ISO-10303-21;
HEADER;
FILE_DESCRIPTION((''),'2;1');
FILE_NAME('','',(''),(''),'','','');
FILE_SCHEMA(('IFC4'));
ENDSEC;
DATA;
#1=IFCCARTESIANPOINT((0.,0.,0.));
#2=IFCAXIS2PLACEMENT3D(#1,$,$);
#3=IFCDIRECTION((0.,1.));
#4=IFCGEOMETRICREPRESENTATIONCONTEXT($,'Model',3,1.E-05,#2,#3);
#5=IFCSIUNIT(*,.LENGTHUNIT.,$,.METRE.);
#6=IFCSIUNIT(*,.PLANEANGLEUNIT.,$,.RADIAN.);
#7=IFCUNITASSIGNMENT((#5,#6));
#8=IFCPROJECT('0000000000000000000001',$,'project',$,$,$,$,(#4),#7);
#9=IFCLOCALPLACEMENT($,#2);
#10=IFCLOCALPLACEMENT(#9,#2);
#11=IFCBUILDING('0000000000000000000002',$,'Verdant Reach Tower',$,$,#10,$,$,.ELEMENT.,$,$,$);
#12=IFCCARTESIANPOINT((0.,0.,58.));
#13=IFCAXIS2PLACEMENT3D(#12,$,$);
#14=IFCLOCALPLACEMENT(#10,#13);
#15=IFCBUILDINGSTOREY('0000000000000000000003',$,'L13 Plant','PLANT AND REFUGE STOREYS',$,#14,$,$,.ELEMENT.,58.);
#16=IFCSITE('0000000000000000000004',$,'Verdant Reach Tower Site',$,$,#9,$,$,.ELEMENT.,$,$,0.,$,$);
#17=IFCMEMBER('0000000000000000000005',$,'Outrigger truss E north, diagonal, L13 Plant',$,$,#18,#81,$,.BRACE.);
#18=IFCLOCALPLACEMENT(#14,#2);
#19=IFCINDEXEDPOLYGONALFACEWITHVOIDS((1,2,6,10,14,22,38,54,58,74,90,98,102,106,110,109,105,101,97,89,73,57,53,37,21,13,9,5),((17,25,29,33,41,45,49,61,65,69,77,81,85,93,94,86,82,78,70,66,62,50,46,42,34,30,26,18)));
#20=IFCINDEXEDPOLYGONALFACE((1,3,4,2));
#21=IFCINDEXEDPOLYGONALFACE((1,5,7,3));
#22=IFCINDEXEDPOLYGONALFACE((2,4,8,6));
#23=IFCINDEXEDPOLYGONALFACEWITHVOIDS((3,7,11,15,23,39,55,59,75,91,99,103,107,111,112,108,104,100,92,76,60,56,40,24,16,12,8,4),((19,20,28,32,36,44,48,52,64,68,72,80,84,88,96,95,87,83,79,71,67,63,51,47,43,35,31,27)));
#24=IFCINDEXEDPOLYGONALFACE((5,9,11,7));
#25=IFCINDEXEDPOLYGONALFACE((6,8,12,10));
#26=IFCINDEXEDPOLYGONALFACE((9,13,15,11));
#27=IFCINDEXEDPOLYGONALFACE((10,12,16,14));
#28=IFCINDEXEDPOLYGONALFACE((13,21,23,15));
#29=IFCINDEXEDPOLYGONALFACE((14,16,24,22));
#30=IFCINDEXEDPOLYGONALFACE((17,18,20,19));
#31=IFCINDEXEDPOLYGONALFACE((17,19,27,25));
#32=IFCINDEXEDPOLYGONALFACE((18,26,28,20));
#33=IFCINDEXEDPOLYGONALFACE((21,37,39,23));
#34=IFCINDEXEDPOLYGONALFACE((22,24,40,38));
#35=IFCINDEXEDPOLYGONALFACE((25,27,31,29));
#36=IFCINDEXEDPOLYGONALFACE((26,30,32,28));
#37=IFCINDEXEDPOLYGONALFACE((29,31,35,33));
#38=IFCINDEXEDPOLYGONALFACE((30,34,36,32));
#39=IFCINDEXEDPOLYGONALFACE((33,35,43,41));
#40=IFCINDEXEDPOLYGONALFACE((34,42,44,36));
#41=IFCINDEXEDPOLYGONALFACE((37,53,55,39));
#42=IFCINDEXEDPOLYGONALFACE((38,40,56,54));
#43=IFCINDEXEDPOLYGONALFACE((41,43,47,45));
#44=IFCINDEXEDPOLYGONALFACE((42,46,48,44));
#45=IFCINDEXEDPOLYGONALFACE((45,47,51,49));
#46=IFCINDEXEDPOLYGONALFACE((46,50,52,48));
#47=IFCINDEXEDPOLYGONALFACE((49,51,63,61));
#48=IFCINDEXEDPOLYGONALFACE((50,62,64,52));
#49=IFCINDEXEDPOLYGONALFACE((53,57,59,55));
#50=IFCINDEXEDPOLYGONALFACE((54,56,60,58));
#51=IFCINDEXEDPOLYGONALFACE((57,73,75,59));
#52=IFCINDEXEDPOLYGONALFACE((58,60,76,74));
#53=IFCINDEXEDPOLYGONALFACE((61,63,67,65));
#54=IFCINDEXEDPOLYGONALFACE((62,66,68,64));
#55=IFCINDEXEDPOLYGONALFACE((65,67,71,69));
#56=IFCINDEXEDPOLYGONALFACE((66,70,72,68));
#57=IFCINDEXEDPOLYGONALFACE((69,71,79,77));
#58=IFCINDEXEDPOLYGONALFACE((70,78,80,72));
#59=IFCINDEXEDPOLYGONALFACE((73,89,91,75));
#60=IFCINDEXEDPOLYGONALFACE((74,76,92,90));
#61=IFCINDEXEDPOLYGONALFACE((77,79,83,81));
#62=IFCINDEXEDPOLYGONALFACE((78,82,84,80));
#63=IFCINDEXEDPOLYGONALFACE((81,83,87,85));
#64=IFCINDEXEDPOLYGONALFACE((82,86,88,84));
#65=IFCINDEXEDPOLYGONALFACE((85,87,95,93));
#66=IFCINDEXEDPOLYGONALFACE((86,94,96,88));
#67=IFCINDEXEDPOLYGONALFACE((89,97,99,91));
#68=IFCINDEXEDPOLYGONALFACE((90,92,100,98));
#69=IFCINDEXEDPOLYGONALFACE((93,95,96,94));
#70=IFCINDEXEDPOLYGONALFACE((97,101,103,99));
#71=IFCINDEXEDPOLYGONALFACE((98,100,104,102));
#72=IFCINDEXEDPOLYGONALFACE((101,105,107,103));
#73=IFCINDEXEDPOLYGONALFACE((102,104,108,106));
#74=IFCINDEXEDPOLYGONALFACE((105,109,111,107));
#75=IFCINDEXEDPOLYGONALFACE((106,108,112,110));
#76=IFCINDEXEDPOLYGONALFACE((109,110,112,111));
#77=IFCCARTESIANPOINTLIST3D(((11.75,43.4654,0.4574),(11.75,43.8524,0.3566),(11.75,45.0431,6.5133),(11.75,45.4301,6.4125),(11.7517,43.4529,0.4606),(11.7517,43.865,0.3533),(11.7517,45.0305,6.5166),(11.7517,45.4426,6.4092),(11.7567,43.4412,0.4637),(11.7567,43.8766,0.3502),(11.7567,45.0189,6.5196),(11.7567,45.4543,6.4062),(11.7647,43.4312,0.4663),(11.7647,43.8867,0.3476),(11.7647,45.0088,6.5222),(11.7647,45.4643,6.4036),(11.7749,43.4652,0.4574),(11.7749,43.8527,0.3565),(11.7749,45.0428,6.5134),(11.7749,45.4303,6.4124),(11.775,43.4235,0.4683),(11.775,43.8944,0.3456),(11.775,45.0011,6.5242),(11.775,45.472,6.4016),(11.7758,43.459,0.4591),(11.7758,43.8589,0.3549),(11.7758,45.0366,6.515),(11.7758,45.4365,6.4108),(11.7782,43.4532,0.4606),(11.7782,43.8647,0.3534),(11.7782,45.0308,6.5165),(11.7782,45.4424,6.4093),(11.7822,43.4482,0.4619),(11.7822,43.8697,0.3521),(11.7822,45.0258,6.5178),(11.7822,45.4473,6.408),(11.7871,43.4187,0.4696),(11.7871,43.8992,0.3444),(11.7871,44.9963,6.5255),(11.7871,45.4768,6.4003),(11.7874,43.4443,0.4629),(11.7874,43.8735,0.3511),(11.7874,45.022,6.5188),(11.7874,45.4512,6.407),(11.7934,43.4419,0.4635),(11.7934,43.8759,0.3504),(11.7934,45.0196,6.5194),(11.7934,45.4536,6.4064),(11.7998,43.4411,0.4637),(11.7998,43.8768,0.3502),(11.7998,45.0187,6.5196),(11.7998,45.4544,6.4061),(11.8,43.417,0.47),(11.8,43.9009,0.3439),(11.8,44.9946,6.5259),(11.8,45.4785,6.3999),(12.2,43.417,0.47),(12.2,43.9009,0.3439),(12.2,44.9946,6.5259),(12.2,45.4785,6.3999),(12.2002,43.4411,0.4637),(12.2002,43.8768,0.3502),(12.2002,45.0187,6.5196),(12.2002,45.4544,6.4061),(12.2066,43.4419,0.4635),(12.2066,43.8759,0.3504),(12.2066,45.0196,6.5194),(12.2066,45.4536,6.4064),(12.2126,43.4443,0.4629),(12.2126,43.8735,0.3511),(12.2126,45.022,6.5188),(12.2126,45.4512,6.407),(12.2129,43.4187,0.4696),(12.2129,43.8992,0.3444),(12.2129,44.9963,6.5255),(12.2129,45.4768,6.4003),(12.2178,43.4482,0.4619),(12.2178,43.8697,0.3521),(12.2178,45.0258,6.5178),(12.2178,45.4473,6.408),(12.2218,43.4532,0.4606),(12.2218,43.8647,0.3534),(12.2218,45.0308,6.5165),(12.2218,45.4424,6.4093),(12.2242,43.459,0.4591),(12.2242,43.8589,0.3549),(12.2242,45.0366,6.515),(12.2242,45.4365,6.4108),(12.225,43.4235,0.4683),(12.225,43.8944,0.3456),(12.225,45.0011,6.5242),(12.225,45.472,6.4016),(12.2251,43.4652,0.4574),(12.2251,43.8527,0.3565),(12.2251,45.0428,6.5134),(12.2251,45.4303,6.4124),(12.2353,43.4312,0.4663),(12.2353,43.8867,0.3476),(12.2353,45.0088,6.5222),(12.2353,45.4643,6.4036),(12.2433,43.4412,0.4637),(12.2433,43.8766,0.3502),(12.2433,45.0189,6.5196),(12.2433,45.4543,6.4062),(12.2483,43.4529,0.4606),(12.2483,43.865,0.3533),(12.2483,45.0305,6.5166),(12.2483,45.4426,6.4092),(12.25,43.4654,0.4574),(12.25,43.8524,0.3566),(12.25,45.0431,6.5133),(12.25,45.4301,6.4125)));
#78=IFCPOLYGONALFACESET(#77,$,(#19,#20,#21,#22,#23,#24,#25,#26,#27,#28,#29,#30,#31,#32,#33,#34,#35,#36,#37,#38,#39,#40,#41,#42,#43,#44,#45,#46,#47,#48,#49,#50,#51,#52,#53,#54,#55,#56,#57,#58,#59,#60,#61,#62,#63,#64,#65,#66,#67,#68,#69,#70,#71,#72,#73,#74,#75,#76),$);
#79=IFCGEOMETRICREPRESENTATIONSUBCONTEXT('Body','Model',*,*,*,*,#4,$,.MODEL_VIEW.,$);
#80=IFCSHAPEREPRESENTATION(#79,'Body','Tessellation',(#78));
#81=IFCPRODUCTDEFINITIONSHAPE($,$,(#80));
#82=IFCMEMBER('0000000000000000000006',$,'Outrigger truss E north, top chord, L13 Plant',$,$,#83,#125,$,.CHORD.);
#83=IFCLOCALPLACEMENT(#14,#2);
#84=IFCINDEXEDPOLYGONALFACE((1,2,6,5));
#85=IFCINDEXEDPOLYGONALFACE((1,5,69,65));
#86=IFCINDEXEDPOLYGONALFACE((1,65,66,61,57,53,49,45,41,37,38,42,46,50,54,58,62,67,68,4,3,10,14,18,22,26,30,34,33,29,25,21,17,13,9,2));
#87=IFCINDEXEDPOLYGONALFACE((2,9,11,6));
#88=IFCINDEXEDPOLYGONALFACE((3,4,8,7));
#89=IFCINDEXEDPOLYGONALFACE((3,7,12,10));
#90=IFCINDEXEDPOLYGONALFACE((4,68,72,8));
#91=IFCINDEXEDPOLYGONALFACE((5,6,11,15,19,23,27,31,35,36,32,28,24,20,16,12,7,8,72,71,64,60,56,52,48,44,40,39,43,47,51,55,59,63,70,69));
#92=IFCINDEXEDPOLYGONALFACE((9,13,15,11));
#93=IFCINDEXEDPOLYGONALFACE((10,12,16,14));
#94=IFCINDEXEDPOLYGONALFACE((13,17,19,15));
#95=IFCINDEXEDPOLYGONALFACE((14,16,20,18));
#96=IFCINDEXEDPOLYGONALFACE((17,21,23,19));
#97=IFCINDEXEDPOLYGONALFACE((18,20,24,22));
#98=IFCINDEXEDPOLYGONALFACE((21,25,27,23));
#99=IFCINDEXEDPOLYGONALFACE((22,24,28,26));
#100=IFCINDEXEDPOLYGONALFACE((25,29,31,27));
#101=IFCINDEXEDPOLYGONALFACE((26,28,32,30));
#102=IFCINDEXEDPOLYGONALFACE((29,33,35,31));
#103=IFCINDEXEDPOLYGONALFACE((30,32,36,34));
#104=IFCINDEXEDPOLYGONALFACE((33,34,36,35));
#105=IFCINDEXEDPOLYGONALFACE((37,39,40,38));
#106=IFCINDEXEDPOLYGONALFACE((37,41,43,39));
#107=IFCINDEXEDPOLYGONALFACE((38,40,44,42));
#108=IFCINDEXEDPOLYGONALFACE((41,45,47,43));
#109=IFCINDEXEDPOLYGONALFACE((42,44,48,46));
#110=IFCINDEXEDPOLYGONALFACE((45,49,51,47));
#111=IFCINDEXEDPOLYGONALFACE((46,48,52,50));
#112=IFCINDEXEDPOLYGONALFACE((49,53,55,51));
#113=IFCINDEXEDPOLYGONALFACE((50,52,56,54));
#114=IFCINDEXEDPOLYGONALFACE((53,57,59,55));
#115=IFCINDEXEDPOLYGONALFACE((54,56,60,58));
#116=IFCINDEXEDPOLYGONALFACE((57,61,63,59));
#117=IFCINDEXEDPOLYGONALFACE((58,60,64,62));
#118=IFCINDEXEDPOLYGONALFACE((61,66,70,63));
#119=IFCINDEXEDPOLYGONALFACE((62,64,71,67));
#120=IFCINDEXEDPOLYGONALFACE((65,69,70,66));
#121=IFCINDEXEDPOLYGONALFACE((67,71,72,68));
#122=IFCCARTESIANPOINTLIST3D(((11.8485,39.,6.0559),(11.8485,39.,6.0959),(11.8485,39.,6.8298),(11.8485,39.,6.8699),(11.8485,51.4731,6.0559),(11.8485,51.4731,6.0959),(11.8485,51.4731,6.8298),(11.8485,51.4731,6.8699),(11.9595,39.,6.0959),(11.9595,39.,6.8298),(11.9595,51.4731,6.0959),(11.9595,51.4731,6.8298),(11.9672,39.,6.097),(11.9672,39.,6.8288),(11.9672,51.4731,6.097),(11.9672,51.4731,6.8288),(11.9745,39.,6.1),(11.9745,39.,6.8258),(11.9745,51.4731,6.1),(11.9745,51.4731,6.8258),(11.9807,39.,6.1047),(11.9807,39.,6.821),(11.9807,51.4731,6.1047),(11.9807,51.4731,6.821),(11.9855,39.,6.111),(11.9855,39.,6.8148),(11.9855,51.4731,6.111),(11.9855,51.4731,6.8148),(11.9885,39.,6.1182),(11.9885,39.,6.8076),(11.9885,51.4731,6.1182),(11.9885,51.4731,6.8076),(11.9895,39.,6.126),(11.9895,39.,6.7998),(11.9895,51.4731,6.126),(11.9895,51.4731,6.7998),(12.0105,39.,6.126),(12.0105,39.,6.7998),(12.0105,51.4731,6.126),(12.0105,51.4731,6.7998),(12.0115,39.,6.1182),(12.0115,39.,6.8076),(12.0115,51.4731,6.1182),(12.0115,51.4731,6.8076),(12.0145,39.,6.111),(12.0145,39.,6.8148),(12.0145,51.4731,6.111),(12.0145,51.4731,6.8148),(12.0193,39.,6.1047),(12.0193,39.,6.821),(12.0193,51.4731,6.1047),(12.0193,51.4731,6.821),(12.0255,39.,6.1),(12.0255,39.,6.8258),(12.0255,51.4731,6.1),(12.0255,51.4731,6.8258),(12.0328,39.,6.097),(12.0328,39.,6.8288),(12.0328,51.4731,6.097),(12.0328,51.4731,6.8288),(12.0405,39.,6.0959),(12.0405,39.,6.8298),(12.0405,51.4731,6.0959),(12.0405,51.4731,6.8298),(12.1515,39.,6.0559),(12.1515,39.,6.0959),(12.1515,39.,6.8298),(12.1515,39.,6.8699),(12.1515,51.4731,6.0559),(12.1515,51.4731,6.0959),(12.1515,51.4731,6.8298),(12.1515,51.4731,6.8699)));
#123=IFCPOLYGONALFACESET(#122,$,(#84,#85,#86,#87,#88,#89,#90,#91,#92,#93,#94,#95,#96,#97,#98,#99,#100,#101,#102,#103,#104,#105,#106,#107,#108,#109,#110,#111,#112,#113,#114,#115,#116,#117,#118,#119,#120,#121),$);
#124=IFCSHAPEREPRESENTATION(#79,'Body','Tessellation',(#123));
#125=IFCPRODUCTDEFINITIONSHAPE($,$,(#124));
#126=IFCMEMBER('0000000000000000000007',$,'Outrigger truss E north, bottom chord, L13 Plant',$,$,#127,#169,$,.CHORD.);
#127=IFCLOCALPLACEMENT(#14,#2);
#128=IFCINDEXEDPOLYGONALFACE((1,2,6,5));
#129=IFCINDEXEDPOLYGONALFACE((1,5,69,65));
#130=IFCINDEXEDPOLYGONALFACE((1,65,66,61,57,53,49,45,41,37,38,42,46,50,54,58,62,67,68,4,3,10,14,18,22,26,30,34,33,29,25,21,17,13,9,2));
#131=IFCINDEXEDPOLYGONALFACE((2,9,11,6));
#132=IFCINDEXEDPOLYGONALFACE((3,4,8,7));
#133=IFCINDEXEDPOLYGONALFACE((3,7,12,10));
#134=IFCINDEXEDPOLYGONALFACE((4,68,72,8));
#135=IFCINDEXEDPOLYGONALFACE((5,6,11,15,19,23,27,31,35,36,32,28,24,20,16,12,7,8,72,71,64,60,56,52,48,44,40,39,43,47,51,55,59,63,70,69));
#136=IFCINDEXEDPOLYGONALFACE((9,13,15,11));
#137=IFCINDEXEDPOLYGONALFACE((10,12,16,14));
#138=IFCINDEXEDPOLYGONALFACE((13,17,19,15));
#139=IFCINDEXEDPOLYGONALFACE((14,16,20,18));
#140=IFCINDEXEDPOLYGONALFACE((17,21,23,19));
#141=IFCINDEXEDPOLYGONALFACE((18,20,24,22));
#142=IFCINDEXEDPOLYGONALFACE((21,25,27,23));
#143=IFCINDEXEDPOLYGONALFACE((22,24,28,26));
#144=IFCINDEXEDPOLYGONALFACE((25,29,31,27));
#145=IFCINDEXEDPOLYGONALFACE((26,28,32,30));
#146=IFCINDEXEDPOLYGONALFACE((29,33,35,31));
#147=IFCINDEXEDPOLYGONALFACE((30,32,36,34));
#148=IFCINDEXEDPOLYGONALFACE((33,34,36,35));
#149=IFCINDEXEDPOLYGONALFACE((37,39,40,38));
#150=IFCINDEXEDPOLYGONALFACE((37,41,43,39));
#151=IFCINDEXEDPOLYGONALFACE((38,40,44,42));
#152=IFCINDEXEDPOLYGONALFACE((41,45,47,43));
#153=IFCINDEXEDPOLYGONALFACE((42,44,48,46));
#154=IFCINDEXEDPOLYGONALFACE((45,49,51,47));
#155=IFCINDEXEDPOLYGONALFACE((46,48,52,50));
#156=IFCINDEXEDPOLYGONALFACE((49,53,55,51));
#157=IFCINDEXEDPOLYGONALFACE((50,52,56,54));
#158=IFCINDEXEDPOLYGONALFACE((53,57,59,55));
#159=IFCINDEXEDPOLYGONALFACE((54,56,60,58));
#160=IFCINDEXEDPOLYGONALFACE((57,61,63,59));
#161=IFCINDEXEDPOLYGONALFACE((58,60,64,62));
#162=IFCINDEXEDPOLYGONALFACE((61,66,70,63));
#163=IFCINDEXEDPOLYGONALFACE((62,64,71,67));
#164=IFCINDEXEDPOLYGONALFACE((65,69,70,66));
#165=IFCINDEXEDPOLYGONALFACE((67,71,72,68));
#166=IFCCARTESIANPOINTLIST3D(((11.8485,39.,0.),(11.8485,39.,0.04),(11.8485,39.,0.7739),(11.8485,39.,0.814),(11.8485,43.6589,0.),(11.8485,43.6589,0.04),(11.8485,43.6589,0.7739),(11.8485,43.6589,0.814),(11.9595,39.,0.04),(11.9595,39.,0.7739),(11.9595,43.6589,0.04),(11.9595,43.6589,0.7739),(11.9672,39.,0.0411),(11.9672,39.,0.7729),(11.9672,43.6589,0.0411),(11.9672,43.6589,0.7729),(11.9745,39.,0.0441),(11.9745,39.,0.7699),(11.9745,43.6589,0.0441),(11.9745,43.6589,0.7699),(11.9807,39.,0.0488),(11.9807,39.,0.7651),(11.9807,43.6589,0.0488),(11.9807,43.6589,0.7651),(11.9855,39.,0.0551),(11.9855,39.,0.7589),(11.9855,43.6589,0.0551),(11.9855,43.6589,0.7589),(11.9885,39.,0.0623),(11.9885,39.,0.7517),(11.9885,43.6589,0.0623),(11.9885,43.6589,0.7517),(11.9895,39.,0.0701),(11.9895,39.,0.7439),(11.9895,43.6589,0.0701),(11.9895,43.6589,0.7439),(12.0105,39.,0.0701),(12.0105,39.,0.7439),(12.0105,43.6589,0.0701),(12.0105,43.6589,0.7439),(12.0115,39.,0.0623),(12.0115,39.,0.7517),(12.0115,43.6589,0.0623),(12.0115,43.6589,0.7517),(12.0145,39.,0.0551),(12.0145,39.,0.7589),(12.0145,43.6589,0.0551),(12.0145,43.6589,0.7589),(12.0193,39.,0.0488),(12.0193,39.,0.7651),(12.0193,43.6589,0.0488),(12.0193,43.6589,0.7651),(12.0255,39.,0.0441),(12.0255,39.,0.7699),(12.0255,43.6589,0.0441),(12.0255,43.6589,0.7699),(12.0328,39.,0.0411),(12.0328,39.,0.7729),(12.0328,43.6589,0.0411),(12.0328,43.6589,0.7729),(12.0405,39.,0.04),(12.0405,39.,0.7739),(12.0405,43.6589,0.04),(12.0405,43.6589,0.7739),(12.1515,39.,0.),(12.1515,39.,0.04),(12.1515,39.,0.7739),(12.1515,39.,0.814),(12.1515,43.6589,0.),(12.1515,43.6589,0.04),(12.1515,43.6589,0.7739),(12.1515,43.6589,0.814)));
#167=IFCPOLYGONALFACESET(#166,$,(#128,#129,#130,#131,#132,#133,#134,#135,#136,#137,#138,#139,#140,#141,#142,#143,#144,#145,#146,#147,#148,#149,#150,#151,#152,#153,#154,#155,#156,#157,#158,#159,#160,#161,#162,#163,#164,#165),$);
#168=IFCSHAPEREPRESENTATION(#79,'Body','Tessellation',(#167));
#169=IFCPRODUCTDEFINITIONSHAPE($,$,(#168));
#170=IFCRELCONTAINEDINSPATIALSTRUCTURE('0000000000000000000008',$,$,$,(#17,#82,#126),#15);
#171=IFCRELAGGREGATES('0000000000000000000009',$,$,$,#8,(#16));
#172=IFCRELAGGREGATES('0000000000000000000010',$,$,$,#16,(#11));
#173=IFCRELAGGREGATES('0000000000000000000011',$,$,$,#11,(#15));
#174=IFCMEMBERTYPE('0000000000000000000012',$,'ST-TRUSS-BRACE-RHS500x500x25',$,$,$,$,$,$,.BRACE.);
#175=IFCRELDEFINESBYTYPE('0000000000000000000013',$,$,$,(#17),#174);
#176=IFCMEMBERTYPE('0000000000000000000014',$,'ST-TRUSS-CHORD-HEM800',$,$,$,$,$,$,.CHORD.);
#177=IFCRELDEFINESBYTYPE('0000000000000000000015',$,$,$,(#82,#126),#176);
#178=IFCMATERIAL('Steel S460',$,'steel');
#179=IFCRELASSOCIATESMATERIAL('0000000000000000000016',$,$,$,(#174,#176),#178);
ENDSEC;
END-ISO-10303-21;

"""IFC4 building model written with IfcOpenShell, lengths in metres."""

from ifc_helpers import new_model, si_unit, direction, frame, origin, origin_2d, place, context, subcontext, project, spatial, hollow_rectangle, i_section, extrude, material, material_profile, profile_set, type_object, element, save


model = new_model("IFC4")

# Units and contexts
model_context = context("Model", 3, precision=1e-05, world=origin(), true_north=direction((0.0, 1.0)))
body_context = subcontext(model_context, "Body", "Model", "MODEL_VIEW")
ifc_project = project(units=[si_unit("LENGTHUNIT", "METRE"), si_unit("PLANEANGLEUNIT", "RADIAN")], contexts=[model_context])

# Site, building, storey
site_placement = place(None, origin())
site = spatial("IfcSite", under=ifc_project, at=site_placement, Name="Verdant Reach Tower Site", CompositionType="ELEMENT", RefElevation=0.0)
building_placement = place(site_placement, origin())
building = spatial("IfcBuilding", under=site, at=building_placement, Name="Verdant Reach Tower", CompositionType="ELEMENT")
storey_placement = place(building_placement, frame((0.0, 0.0, 58.0)))
storey = spatial("IfcBuildingStorey", under=building, at=storey_placement, Name="L13 Plant", Description="PLANT AND REFUGE STOREYS", CompositionType="ELEMENT", Elevation=58.0)

# Shared definitions
ifc_material_1 = material(Name="Steel S460", Category="steel")

# Members
ifc_material_profile_1 = material_profile(ifc_material_1, hollow_rectangle(XDim=0.5, YDim=0.5, WallThickness=0.0249, InnerFilletRadius=0.0249, OuterFilletRadius=0.05, at=origin_2d()), Name="RHS 500x500x25")
ifc_profile_set_1 = profile_set([ifc_material_profile_1], Name="Steel S460")
member_type_1 = type_object("IfcMemberType", Name="ST-TRUSS-BRACE-RHS500x500x25", PredefinedType="BRACE", material=ifc_profile_set_1)
member_1_placement = place(storey_placement, frame((12.0, 45.2366, 6.4629), z_axis=(0.0, -0.252098, -0.967702), x_axis=(1.0, 0.0, 0.0)))
element("IfcMember", 1, at=member_1_placement, inside=storey, type_object=member_type_1, Name="Outrigger truss E north, diagonal, L13 Plant", PredefinedType="BRACE", context=body_context, shape_type="SweptSolid", body=[
    extrude(hollow_rectangle(XDim=0.5, YDim=0.5, WallThickness=0.0249, InnerFilletRadius=0.0249, OuterFilletRadius=0.05, at=origin_2d()), origin(), (0.0, 0.0, 1.0), 6.2581),
])
ifc_material_profile_2 = material_profile(ifc_material_1, i_section(OverallWidth=0.303, OverallDepth=0.814, WebThickness=0.021, FlangeThickness=0.04, FilletRadius=0.03, at=origin_2d()), Name="HEM 800")
ifc_profile_set_2 = profile_set([ifc_material_profile_2], Name="Steel S460")
member_type_2 = type_object("IfcMemberType", Name="ST-TRUSS-CHORD-HEM800", PredefinedType="CHORD", material=ifc_profile_set_2)
member_2_placement = place(storey_placement, frame((12.0, 39.0, 6.4629), z_axis=(0.0, 1.0, 0.0), x_axis=(-1.0, 0.0, 0.0)))
element("IfcMember", 2, at=member_2_placement, inside=storey, type_object=member_type_2, Name="Outrigger truss E north, top chord, L13 Plant", PredefinedType="CHORD", context=body_context, shape_type="SweptSolid", body=[
    extrude(i_section(OverallWidth=0.303, OverallDepth=0.814, WebThickness=0.021, FlangeThickness=0.04, FilletRadius=0.03, at=origin_2d()), origin(), (0.0, 0.0, 1.0), 12.4731),
])
member_3_placement = place(storey_placement, frame((12.0, 39.0, 0.407), z_axis=(0.0, 1.0, 0.0), x_axis=(-1.0, 0.0, 0.0)))
element("IfcMember", 3, at=member_3_placement, inside=storey, type_object=member_type_2, Name="Outrigger truss E north, bottom chord, L13 Plant", PredefinedType="CHORD", context=body_context, shape_type="SweptSolid", body=[
    extrude(i_section(OverallWidth=0.303, OverallDepth=0.814, WebThickness=0.021, FlangeThickness=0.04, FilletRadius=0.03, at=origin_2d()), origin(), (0.0, 0.0, 1.0), 4.6589),
])

save(model, "model.ifc")
